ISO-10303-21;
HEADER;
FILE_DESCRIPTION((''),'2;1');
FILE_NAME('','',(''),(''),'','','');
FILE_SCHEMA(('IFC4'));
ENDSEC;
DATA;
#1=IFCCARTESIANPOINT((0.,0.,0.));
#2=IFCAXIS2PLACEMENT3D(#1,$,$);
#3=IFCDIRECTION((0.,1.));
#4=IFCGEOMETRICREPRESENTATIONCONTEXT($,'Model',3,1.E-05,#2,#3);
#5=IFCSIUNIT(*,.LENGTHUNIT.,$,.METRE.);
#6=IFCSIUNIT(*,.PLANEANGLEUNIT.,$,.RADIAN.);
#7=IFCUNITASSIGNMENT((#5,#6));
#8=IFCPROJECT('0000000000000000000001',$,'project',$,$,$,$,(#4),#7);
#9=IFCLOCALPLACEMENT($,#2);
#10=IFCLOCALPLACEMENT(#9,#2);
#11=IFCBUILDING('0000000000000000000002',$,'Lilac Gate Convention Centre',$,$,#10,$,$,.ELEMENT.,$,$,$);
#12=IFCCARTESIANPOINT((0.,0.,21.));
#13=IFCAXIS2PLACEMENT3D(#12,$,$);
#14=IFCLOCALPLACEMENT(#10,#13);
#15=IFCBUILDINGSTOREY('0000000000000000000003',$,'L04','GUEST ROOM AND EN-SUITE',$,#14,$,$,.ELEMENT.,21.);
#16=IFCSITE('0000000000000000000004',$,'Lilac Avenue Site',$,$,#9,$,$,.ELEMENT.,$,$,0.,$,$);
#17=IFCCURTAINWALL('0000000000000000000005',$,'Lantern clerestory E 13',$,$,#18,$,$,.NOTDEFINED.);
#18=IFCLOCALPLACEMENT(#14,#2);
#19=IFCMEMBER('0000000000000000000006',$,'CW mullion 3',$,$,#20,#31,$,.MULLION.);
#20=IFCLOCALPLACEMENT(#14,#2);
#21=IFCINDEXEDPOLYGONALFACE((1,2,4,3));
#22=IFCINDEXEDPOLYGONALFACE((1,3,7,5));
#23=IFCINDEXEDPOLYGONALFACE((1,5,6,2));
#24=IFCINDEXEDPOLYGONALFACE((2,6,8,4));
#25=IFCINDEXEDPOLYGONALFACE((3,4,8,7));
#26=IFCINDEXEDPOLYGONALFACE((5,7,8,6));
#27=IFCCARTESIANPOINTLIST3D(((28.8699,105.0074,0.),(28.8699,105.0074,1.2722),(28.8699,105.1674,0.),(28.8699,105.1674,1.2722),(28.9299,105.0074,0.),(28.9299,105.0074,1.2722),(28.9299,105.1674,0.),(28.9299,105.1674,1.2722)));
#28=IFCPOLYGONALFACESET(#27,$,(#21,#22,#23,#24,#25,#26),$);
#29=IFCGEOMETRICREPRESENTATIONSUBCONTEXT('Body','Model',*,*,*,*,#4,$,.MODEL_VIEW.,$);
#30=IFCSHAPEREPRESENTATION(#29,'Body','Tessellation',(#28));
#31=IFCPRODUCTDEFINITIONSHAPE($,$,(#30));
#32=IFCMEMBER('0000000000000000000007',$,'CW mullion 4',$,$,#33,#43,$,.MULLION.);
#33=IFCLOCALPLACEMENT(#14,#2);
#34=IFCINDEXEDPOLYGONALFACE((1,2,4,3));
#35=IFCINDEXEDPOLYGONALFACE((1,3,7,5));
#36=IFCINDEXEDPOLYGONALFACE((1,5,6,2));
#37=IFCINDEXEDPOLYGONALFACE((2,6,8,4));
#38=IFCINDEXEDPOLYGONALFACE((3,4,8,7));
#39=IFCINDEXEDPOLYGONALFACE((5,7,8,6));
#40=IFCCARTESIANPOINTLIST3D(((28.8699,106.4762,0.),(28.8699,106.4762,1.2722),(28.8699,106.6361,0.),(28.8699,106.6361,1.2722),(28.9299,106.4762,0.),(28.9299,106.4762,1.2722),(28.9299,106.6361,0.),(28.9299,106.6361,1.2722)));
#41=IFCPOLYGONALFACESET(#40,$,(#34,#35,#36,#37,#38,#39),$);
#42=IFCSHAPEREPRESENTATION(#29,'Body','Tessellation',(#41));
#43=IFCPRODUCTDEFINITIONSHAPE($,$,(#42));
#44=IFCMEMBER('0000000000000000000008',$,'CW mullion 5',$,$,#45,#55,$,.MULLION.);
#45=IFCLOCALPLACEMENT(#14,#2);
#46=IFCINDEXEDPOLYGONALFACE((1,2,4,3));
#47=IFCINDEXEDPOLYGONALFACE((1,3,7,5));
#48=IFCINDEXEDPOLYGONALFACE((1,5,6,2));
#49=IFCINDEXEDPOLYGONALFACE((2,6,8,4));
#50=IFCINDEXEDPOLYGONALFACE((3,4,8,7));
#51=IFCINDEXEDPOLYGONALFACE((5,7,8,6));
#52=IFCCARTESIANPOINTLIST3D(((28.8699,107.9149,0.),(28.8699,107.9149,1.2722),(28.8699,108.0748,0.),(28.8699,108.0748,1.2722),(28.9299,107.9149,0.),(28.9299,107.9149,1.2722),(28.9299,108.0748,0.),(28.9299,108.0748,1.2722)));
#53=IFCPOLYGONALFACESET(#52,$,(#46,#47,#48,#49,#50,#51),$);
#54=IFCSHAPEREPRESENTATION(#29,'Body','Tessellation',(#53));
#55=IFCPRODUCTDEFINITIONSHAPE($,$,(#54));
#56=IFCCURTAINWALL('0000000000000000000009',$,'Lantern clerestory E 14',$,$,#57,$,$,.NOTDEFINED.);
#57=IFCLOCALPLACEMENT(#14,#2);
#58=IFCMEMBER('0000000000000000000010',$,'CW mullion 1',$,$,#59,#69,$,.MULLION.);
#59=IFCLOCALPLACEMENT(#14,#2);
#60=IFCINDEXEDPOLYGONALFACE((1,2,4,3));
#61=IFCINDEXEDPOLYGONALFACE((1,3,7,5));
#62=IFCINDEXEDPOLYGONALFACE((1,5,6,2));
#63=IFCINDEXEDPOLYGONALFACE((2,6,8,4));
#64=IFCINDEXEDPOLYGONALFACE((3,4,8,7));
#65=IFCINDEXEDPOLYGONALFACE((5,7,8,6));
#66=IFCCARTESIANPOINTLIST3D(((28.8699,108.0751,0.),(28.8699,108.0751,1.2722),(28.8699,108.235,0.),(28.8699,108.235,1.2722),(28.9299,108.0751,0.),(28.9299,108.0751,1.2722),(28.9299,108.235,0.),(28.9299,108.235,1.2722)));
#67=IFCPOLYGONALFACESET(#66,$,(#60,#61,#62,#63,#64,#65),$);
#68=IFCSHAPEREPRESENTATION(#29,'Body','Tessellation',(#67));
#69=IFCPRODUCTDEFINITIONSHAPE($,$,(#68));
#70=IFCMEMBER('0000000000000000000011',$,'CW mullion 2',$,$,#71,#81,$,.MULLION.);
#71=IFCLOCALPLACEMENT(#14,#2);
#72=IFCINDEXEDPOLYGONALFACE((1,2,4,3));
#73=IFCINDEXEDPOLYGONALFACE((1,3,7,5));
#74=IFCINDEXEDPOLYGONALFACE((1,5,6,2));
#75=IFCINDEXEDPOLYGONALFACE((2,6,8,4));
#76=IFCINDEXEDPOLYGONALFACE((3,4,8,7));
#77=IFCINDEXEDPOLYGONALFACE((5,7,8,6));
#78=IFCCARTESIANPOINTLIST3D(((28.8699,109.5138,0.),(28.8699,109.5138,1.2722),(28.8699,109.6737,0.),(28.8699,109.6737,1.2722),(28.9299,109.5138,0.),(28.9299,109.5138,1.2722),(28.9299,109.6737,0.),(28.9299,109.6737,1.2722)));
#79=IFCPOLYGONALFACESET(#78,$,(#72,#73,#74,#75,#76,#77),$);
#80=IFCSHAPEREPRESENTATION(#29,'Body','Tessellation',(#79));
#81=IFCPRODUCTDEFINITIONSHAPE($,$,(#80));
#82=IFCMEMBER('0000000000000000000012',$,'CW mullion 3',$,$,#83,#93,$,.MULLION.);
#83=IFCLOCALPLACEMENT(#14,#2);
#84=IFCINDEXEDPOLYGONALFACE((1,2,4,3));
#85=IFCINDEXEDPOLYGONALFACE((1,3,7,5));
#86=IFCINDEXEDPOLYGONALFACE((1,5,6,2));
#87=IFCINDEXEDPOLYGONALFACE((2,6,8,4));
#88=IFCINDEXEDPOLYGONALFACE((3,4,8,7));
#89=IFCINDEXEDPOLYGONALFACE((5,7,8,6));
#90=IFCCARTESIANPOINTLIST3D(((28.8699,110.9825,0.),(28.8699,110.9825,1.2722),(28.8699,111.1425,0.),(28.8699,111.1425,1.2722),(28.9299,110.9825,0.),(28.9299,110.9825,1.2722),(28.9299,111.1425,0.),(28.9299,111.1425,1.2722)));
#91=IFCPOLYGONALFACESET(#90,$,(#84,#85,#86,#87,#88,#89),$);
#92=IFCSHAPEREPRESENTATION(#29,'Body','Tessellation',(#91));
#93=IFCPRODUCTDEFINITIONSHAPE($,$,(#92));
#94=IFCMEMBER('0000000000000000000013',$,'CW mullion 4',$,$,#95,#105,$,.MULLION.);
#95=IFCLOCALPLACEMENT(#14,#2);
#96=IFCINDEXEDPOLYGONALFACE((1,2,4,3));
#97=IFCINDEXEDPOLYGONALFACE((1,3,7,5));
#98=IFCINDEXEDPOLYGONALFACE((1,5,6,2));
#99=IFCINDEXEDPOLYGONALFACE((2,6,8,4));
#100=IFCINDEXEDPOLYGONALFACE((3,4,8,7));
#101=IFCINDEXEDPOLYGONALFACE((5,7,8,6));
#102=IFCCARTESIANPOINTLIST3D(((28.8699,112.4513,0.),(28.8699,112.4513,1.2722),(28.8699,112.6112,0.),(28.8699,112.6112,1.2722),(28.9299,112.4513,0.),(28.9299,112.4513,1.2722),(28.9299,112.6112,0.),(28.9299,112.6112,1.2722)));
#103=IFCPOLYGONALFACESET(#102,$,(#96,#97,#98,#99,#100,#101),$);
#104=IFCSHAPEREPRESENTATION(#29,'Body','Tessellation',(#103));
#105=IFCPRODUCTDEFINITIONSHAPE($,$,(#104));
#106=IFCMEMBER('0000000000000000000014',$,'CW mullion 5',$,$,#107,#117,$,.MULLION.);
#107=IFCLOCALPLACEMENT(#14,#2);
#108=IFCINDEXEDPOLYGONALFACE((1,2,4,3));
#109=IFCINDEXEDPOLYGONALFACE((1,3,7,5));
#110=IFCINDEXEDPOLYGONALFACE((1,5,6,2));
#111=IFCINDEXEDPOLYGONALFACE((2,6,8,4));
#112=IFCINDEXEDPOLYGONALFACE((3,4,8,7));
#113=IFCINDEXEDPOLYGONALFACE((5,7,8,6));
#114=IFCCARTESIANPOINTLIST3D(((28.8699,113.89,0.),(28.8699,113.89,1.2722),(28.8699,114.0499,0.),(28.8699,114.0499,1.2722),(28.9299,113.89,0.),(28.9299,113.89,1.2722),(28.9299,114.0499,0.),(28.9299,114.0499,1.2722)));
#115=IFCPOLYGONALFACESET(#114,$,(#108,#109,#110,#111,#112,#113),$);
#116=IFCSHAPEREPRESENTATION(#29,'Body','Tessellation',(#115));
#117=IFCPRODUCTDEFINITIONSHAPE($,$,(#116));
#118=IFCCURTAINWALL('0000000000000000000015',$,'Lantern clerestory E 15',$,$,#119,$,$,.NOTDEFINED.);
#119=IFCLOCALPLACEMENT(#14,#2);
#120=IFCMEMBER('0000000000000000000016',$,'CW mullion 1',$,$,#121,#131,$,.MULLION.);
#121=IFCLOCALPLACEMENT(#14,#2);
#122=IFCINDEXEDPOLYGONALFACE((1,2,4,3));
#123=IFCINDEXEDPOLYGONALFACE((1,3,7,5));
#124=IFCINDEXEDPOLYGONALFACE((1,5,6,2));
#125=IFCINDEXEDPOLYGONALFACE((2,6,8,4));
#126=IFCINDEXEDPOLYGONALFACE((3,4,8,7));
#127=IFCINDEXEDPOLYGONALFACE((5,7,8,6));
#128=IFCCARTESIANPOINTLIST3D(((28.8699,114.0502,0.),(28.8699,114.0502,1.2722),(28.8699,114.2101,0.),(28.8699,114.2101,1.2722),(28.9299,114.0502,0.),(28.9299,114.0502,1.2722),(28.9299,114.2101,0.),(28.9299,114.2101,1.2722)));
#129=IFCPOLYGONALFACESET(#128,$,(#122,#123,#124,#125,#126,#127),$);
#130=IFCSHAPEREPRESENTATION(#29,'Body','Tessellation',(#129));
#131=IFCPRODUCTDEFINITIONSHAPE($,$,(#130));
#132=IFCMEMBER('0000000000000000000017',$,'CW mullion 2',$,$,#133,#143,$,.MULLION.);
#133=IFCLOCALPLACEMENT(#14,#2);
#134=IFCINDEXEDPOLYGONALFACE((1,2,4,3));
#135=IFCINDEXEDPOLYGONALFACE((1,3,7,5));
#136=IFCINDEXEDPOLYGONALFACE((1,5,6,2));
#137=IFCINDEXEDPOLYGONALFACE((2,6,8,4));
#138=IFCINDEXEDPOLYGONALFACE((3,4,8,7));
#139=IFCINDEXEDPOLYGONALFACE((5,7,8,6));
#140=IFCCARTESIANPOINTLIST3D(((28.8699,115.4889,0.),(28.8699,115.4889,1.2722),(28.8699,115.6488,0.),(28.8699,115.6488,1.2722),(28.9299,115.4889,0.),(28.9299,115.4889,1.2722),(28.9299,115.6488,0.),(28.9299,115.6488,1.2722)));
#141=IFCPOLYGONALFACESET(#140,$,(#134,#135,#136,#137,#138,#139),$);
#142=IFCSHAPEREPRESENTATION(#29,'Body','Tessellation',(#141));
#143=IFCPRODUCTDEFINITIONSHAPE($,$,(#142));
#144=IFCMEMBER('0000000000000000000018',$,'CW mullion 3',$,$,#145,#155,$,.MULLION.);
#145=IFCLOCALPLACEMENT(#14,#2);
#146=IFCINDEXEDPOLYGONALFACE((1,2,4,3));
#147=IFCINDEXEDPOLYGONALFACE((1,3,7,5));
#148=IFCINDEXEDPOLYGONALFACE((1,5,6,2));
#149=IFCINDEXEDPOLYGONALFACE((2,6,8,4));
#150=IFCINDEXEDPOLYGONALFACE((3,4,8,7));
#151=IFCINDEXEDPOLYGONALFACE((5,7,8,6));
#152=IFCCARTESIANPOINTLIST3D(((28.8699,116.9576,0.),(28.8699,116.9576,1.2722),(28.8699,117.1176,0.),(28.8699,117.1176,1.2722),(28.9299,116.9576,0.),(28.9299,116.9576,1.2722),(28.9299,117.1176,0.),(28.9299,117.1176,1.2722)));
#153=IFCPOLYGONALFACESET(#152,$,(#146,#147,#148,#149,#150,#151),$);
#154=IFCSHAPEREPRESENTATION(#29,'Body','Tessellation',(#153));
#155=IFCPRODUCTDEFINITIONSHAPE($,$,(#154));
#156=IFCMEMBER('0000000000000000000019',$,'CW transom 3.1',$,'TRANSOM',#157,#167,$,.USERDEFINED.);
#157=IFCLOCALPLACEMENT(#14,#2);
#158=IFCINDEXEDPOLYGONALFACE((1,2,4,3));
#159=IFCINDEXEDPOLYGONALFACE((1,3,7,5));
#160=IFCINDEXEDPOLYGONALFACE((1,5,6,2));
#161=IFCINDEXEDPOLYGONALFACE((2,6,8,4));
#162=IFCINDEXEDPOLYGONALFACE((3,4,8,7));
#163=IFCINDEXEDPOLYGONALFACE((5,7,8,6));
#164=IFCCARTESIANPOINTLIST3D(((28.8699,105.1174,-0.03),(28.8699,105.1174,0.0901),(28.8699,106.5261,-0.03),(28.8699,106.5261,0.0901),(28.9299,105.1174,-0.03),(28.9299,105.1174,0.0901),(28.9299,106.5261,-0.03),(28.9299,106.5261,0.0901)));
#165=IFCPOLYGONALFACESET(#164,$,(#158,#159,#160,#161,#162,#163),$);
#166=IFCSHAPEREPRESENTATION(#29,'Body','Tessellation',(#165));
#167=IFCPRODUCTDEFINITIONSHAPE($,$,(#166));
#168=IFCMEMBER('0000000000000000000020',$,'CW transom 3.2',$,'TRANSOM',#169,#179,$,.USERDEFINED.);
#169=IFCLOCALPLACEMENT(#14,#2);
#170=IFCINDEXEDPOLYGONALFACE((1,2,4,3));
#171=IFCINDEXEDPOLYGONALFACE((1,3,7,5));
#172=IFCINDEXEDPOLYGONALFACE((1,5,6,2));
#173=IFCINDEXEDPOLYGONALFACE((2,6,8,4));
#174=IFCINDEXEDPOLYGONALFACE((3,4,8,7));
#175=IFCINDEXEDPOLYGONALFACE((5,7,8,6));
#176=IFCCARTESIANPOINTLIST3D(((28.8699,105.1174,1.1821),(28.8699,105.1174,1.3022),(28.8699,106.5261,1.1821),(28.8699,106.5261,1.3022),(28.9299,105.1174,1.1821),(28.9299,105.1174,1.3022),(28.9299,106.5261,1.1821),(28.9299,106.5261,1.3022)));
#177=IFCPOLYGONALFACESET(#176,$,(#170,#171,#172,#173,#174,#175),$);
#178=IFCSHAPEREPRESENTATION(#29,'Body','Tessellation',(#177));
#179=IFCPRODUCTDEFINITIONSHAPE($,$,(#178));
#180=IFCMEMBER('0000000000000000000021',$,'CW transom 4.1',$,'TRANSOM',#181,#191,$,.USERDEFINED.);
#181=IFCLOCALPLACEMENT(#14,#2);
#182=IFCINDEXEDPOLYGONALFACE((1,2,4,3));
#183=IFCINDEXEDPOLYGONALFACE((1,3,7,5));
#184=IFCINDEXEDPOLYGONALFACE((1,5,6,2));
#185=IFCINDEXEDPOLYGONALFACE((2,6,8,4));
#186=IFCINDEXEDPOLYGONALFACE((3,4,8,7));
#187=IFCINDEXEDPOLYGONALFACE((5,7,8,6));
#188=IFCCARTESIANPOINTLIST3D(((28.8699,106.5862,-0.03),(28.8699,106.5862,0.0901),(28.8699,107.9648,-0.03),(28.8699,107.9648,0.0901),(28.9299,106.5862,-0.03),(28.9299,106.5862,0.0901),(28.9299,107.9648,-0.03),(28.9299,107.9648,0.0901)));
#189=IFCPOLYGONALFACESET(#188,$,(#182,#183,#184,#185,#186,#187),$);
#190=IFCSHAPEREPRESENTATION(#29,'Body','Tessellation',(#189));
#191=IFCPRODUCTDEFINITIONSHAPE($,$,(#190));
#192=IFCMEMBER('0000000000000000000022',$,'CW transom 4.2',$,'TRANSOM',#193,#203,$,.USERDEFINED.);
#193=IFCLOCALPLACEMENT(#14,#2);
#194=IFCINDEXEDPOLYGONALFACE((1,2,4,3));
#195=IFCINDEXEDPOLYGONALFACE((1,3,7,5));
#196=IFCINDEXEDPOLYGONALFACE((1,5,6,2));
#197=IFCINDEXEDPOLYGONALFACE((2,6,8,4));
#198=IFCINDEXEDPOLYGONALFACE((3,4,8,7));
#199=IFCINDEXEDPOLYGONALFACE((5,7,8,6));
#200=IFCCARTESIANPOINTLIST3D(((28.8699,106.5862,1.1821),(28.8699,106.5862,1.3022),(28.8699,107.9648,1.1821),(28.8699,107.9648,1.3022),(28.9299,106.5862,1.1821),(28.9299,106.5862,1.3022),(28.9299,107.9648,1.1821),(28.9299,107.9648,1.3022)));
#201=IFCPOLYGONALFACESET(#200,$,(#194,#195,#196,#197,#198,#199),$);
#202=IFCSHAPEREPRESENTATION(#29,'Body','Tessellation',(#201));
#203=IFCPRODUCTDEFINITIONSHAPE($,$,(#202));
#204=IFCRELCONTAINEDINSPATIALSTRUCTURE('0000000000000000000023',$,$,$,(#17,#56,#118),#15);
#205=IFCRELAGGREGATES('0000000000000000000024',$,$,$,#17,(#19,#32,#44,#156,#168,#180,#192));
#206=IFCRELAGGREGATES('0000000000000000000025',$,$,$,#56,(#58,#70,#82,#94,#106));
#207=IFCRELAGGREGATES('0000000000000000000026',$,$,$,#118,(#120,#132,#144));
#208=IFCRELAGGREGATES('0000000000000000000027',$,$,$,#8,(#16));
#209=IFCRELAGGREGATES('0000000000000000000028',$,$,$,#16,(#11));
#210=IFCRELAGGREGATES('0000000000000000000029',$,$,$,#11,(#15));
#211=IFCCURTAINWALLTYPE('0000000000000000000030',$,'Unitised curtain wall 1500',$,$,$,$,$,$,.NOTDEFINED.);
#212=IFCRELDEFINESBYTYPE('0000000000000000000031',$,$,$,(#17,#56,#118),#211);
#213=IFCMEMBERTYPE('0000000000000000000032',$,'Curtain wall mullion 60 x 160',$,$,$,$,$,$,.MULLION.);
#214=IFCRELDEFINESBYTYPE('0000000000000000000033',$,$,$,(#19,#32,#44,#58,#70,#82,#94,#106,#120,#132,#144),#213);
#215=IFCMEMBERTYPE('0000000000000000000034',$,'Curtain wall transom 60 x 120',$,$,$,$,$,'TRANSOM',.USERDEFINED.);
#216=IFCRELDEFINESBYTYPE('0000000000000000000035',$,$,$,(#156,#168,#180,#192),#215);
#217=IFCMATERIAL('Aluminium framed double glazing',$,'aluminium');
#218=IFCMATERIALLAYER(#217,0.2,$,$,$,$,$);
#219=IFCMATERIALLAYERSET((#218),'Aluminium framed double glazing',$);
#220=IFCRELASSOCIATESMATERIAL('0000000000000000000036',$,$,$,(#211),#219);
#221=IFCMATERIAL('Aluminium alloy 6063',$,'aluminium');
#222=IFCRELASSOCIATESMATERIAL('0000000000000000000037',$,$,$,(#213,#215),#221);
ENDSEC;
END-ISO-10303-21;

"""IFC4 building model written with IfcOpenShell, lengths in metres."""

from ifc_helpers import new_model, si_unit, direction, frame, origin, origin_2d, place, context, subcontext, project, spatial, rectangle, extrude, material, layer, layer_set, material_profile, profile_set, type_object, element, aggregate, save


model = new_model("IFC4")

# Units and contexts
model_context = context("Model", 3, precision=1e-05, world=origin(), true_north=direction((0.0, 1.0)))
body_context = subcontext(model_context, "Body", "Model", "MODEL_VIEW")
ifc_project = project(units=[si_unit("LENGTHUNIT", "METRE"), si_unit("PLANEANGLEUNIT", "RADIAN")], contexts=[model_context])

# Site, building, storey
site_placement = place(None, origin())
site = spatial("IfcSite", under=ifc_project, at=site_placement, Name="Lilac Avenue Site", CompositionType="ELEMENT", RefElevation=0.0)
building_placement = place(site_placement, origin())
building = spatial("IfcBuilding", under=site, at=building_placement, Name="Lilac Gate Convention Centre", CompositionType="ELEMENT")
storey_placement = place(building_placement, frame((0.0, 0.0, 21.0)))
storey = spatial("IfcBuildingStorey", under=building, at=storey_placement, Name="L04", Description="GUEST ROOM AND EN-SUITE", CompositionType="ELEMENT", Elevation=21.0)

# Curtain walls, members
ifc_material_1 = material(Name="Aluminium framed double glazing", Category="aluminium")
ifc_layer_1 = layer(ifc_material_1, 0.2)
ifc_layer_set_1 = layer_set([ifc_layer_1], Name="Aluminium framed double glazing")
curtain_wall_type = type_object("IfcCurtainWallType", Name="Unitised curtain wall 1500", PredefinedType="NOTDEFINED", material=ifc_layer_set_1)
curtain_wall_1_placement = place(storey_placement, origin())
curtain_wall_1 = element("IfcCurtainWall", 1, at=curtain_wall_1_placement, inside=storey, type_object=curtain_wall_type, Name="Lantern clerestory E 13", PredefinedType="NOTDEFINED")
ifc_material_2 = material(Name="Aluminium alloy 6063", Category="aluminium")
ifc_material_profile_1 = material_profile(ifc_material_2, rectangle(XDim=0.0601, YDim=0.1599, at=origin_2d()), Name="Curtain wall mullion 60 x 160")
ifc_profile_set_1 = profile_set([ifc_material_profile_1], Name="Aluminium alloy 6063")
member_type_1 = type_object("IfcMemberType", Name="Curtain wall mullion 60 x 160", PredefinedType="MULLION", material=ifc_profile_set_1)
member_1_placement = place(storey_placement, frame((28.8999, 105.0874, 0.0), z_axis=(0.0, 0.0, 1.0), x_axis=(-1.0, 0.0, 0.0)))
member_1 = element("IfcMember", 2, at=member_1_placement, type_object=member_type_1, Name="CW mullion 3", PredefinedType="MULLION", context=body_context, shape_type="SweptSolid", body=[
    extrude(rectangle(XDim=0.0601, YDim=0.1599, at=origin_2d()), origin(), (0.0, 0.0, 1.0), 1.2722),
])
member_2_placement = place(storey_placement, frame((28.8999, 106.5562, 0.0), z_axis=(0.0, 0.0, 1.0), x_axis=(-1.0, 0.0, 0.0)))
member_2 = element("IfcMember", 3, at=member_2_placement, type_object=member_type_1, Name="CW mullion 4", PredefinedType="MULLION", context=body_context, shape_type="SweptSolid", body=[
    extrude(rectangle(XDim=0.0601, YDim=0.1599, at=origin_2d()), origin(), (0.0, 0.0, 1.0), 1.2722),
])
member_3_placement = place(storey_placement, frame((28.8999, 107.9949, 0.0), z_axis=(0.0, 0.0, 1.0), x_axis=(-1.0, 0.0, 0.0)))
member_3 = element("IfcMember", 4, at=member_3_placement, type_object=member_type_1, Name="CW mullion 5", PredefinedType="MULLION", context=body_context, shape_type="SweptSolid", body=[
    extrude(rectangle(XDim=0.0601, YDim=0.1599, at=origin_2d()), origin(), (0.0, 0.0, 1.0), 1.2722),
])
curtain_wall_2_placement = place(storey_placement, origin())
curtain_wall_2 = element("IfcCurtainWall", 5, at=curtain_wall_2_placement, inside=storey, type_object=curtain_wall_type, Name="Lantern clerestory E 14", PredefinedType="NOTDEFINED")
member_4_placement = place(storey_placement, frame((28.8999, 108.155, 0.0), z_axis=(0.0, 0.0, 1.0), x_axis=(-1.0, 0.0, 0.0)))
member_4 = element("IfcMember", 6, at=member_4_placement, type_object=member_type_1, Name="CW mullion 1", PredefinedType="MULLION", context=body_context, shape_type="SweptSolid", body=[
    extrude(rectangle(XDim=0.0601, YDim=0.1599, at=origin_2d()), origin(), (0.0, 0.0, 1.0), 1.2722),
])
member_5_placement = place(storey_placement, frame((28.8999, 109.5938, 0.0), z_axis=(0.0, 0.0, 1.0), x_axis=(-1.0, 0.0, 0.0)))
member_5 = element("IfcMember", 7, at=member_5_placement, type_object=member_type_1, Name="CW mullion 2", PredefinedType="MULLION", context=body_context, shape_type="SweptSolid", body=[
    extrude(rectangle(XDim=0.0601, YDim=0.1599, at=origin_2d()), origin(), (0.0, 0.0, 1.0), 1.2722),
])
member_6_placement = place(storey_placement, frame((28.8999, 111.0625, 0.0), z_axis=(0.0, 0.0, 1.0), x_axis=(-1.0, 0.0, 0.0)))
member_6 = element("IfcMember", 8, at=member_6_placement, type_object=member_type_1, Name="CW mullion 3", PredefinedType="MULLION", context=body_context, shape_type="SweptSolid", body=[
    extrude(rectangle(XDim=0.0601, YDim=0.1599, at=origin_2d()), origin(), (0.0, 0.0, 1.0), 1.2722),
])
member_7_placement = place(storey_placement, frame((28.8999, 112.5312, 0.0), z_axis=(0.0, 0.0, 1.0), x_axis=(-1.0, 0.0, 0.0)))
member_7 = element("IfcMember", 9, at=member_7_placement, type_object=member_type_1, Name="CW mullion 4", PredefinedType="MULLION", context=body_context, shape_type="SweptSolid", body=[
    extrude(rectangle(XDim=0.0601, YDim=0.1599, at=origin_2d()), origin(), (0.0, 0.0, 1.0), 1.2722),
])
member_8_placement = place(storey_placement, frame((28.8999, 113.97, 0.0), z_axis=(0.0, 0.0, 1.0), x_axis=(-1.0, 0.0, 0.0)))
member_8 = element("IfcMember", 10, at=member_8_placement, type_object=member_type_1, Name="CW mullion 5", PredefinedType="MULLION", context=body_context, shape_type="SweptSolid", body=[
    extrude(rectangle(XDim=0.0601, YDim=0.1599, at=origin_2d()), origin(), (0.0, 0.0, 1.0), 1.2722),
])
curtain_wall_3_placement = place(storey_placement, origin())
curtain_wall_3 = element("IfcCurtainWall", 11, at=curtain_wall_3_placement, inside=storey, type_object=curtain_wall_type, Name="Lantern clerestory E 15", PredefinedType="NOTDEFINED")
member_9_placement = place(storey_placement, frame((28.8999, 114.1301, 0.0), z_axis=(0.0, 0.0, 1.0), x_axis=(-1.0, 0.0, 0.0)))
member_9 = element("IfcMember", 12, at=member_9_placement, type_object=member_type_1, Name="CW mullion 1", PredefinedType="MULLION", context=body_context, shape_type="SweptSolid", body=[
    extrude(rectangle(XDim=0.0601, YDim=0.1599, at=origin_2d()), origin(), (0.0, 0.0, 1.0), 1.2722),
])
member_10_placement = place(storey_placement, frame((28.8999, 115.5688, 0.0), z_axis=(0.0, 0.0, 1.0), x_axis=(-1.0, 0.0, 0.0)))
member_10 = element("IfcMember", 13, at=member_10_placement, type_object=member_type_1, Name="CW mullion 2", PredefinedType="MULLION", context=body_context, shape_type="SweptSolid", body=[
    extrude(rectangle(XDim=0.0601, YDim=0.1599, at=origin_2d()), origin(), (0.0, 0.0, 1.0), 1.2722),
])
member_11_placement = place(storey_placement, frame((28.8999, 117.0376, 0.0), z_axis=(0.0, 0.0, 1.0), x_axis=(-1.0, 0.0, 0.0)))
member_11 = element("IfcMember", 14, at=member_11_placement, type_object=member_type_1, Name="CW mullion 3", PredefinedType="MULLION", context=body_context, shape_type="SweptSolid", body=[
    extrude(rectangle(XDim=0.0601, YDim=0.1599, at=origin_2d()), origin(), (0.0, 0.0, 1.0), 1.2722),
])

# Members
ifc_material_profile_2 = material_profile(ifc_material_2, rectangle(XDim=0.0601, YDim=0.1201, at=origin_2d()), Name="Curtain wall transom 60 x 120")
ifc_profile_set_2 = profile_set([ifc_material_profile_2], Name="Aluminium alloy 6063")
member_type_2 = type_object("IfcMemberType", Name="Curtain wall transom 60 x 120", ElementType="TRANSOM", PredefinedType="USERDEFINED", material=ifc_profile_set_2)
member_12_placement = place(storey_placement, frame((28.8999, 105.1174, 0.03), z_axis=(0.0, 1.0, 0.0), x_axis=(-1.0, 0.0, 0.0)))
member_12 = element("IfcMember", 15, at=member_12_placement, type_object=member_type_2, Name="CW transom 3.1", ObjectType="TRANSOM", PredefinedType="USERDEFINED", context=body_context, shape_type="SweptSolid", body=[
    extrude(rectangle(XDim=0.0601, YDim=0.1201, at=origin_2d()), origin(), (0.0, 0.0, 1.0), 1.4087),
])
member_13_placement = place(storey_placement, frame((28.8999, 105.1174, 1.2422), z_axis=(0.0, 1.0, 0.0), x_axis=(-1.0, 0.0, 0.0)))
member_13 = element("IfcMember", 16, at=member_13_placement, type_object=member_type_2, Name="CW transom 3.2", ObjectType="TRANSOM", PredefinedType="USERDEFINED", context=body_context, shape_type="SweptSolid", body=[
    extrude(rectangle(XDim=0.0601, YDim=0.1201, at=origin_2d()), origin(), (0.0, 0.0, 1.0), 1.4087),
])
member_14_placement = place(storey_placement, frame((28.8999, 106.5862, 0.03), z_axis=(0.0, 1.0, 0.0), x_axis=(-1.0, 0.0, 0.0)))
member_14 = element("IfcMember", 17, at=member_14_placement, type_object=member_type_2, Name="CW transom 4.1", ObjectType="TRANSOM", PredefinedType="USERDEFINED", context=body_context, shape_type="SweptSolid", body=[
    extrude(rectangle(XDim=0.0601, YDim=0.1201, at=origin_2d()), origin(), (0.0, 0.0, 1.0), 1.3787),
])
member_15_placement = place(storey_placement, frame((28.8999, 106.5862, 1.2422), z_axis=(0.0, 1.0, 0.0), x_axis=(-1.0, 0.0, 0.0)))
member_15 = element("IfcMember", 18, at=member_15_placement, type_object=member_type_2, Name="CW transom 4.2", ObjectType="TRANSOM", PredefinedType="USERDEFINED", context=body_context, shape_type="SweptSolid", body=[
    extrude(rectangle(XDim=0.0601, YDim=0.1201, at=origin_2d()), origin(), (0.0, 0.0, 1.0), 1.3787),
])

aggregate(curtain_wall_1, [member_1, member_2, member_3, member_12, member_13, member_14, member_15])
aggregate(curtain_wall_2, [member_4, member_5, member_6, member_7, member_8])
aggregate(curtain_wall_3, [member_9, member_10, member_11])

save(model, "model.ifc")
